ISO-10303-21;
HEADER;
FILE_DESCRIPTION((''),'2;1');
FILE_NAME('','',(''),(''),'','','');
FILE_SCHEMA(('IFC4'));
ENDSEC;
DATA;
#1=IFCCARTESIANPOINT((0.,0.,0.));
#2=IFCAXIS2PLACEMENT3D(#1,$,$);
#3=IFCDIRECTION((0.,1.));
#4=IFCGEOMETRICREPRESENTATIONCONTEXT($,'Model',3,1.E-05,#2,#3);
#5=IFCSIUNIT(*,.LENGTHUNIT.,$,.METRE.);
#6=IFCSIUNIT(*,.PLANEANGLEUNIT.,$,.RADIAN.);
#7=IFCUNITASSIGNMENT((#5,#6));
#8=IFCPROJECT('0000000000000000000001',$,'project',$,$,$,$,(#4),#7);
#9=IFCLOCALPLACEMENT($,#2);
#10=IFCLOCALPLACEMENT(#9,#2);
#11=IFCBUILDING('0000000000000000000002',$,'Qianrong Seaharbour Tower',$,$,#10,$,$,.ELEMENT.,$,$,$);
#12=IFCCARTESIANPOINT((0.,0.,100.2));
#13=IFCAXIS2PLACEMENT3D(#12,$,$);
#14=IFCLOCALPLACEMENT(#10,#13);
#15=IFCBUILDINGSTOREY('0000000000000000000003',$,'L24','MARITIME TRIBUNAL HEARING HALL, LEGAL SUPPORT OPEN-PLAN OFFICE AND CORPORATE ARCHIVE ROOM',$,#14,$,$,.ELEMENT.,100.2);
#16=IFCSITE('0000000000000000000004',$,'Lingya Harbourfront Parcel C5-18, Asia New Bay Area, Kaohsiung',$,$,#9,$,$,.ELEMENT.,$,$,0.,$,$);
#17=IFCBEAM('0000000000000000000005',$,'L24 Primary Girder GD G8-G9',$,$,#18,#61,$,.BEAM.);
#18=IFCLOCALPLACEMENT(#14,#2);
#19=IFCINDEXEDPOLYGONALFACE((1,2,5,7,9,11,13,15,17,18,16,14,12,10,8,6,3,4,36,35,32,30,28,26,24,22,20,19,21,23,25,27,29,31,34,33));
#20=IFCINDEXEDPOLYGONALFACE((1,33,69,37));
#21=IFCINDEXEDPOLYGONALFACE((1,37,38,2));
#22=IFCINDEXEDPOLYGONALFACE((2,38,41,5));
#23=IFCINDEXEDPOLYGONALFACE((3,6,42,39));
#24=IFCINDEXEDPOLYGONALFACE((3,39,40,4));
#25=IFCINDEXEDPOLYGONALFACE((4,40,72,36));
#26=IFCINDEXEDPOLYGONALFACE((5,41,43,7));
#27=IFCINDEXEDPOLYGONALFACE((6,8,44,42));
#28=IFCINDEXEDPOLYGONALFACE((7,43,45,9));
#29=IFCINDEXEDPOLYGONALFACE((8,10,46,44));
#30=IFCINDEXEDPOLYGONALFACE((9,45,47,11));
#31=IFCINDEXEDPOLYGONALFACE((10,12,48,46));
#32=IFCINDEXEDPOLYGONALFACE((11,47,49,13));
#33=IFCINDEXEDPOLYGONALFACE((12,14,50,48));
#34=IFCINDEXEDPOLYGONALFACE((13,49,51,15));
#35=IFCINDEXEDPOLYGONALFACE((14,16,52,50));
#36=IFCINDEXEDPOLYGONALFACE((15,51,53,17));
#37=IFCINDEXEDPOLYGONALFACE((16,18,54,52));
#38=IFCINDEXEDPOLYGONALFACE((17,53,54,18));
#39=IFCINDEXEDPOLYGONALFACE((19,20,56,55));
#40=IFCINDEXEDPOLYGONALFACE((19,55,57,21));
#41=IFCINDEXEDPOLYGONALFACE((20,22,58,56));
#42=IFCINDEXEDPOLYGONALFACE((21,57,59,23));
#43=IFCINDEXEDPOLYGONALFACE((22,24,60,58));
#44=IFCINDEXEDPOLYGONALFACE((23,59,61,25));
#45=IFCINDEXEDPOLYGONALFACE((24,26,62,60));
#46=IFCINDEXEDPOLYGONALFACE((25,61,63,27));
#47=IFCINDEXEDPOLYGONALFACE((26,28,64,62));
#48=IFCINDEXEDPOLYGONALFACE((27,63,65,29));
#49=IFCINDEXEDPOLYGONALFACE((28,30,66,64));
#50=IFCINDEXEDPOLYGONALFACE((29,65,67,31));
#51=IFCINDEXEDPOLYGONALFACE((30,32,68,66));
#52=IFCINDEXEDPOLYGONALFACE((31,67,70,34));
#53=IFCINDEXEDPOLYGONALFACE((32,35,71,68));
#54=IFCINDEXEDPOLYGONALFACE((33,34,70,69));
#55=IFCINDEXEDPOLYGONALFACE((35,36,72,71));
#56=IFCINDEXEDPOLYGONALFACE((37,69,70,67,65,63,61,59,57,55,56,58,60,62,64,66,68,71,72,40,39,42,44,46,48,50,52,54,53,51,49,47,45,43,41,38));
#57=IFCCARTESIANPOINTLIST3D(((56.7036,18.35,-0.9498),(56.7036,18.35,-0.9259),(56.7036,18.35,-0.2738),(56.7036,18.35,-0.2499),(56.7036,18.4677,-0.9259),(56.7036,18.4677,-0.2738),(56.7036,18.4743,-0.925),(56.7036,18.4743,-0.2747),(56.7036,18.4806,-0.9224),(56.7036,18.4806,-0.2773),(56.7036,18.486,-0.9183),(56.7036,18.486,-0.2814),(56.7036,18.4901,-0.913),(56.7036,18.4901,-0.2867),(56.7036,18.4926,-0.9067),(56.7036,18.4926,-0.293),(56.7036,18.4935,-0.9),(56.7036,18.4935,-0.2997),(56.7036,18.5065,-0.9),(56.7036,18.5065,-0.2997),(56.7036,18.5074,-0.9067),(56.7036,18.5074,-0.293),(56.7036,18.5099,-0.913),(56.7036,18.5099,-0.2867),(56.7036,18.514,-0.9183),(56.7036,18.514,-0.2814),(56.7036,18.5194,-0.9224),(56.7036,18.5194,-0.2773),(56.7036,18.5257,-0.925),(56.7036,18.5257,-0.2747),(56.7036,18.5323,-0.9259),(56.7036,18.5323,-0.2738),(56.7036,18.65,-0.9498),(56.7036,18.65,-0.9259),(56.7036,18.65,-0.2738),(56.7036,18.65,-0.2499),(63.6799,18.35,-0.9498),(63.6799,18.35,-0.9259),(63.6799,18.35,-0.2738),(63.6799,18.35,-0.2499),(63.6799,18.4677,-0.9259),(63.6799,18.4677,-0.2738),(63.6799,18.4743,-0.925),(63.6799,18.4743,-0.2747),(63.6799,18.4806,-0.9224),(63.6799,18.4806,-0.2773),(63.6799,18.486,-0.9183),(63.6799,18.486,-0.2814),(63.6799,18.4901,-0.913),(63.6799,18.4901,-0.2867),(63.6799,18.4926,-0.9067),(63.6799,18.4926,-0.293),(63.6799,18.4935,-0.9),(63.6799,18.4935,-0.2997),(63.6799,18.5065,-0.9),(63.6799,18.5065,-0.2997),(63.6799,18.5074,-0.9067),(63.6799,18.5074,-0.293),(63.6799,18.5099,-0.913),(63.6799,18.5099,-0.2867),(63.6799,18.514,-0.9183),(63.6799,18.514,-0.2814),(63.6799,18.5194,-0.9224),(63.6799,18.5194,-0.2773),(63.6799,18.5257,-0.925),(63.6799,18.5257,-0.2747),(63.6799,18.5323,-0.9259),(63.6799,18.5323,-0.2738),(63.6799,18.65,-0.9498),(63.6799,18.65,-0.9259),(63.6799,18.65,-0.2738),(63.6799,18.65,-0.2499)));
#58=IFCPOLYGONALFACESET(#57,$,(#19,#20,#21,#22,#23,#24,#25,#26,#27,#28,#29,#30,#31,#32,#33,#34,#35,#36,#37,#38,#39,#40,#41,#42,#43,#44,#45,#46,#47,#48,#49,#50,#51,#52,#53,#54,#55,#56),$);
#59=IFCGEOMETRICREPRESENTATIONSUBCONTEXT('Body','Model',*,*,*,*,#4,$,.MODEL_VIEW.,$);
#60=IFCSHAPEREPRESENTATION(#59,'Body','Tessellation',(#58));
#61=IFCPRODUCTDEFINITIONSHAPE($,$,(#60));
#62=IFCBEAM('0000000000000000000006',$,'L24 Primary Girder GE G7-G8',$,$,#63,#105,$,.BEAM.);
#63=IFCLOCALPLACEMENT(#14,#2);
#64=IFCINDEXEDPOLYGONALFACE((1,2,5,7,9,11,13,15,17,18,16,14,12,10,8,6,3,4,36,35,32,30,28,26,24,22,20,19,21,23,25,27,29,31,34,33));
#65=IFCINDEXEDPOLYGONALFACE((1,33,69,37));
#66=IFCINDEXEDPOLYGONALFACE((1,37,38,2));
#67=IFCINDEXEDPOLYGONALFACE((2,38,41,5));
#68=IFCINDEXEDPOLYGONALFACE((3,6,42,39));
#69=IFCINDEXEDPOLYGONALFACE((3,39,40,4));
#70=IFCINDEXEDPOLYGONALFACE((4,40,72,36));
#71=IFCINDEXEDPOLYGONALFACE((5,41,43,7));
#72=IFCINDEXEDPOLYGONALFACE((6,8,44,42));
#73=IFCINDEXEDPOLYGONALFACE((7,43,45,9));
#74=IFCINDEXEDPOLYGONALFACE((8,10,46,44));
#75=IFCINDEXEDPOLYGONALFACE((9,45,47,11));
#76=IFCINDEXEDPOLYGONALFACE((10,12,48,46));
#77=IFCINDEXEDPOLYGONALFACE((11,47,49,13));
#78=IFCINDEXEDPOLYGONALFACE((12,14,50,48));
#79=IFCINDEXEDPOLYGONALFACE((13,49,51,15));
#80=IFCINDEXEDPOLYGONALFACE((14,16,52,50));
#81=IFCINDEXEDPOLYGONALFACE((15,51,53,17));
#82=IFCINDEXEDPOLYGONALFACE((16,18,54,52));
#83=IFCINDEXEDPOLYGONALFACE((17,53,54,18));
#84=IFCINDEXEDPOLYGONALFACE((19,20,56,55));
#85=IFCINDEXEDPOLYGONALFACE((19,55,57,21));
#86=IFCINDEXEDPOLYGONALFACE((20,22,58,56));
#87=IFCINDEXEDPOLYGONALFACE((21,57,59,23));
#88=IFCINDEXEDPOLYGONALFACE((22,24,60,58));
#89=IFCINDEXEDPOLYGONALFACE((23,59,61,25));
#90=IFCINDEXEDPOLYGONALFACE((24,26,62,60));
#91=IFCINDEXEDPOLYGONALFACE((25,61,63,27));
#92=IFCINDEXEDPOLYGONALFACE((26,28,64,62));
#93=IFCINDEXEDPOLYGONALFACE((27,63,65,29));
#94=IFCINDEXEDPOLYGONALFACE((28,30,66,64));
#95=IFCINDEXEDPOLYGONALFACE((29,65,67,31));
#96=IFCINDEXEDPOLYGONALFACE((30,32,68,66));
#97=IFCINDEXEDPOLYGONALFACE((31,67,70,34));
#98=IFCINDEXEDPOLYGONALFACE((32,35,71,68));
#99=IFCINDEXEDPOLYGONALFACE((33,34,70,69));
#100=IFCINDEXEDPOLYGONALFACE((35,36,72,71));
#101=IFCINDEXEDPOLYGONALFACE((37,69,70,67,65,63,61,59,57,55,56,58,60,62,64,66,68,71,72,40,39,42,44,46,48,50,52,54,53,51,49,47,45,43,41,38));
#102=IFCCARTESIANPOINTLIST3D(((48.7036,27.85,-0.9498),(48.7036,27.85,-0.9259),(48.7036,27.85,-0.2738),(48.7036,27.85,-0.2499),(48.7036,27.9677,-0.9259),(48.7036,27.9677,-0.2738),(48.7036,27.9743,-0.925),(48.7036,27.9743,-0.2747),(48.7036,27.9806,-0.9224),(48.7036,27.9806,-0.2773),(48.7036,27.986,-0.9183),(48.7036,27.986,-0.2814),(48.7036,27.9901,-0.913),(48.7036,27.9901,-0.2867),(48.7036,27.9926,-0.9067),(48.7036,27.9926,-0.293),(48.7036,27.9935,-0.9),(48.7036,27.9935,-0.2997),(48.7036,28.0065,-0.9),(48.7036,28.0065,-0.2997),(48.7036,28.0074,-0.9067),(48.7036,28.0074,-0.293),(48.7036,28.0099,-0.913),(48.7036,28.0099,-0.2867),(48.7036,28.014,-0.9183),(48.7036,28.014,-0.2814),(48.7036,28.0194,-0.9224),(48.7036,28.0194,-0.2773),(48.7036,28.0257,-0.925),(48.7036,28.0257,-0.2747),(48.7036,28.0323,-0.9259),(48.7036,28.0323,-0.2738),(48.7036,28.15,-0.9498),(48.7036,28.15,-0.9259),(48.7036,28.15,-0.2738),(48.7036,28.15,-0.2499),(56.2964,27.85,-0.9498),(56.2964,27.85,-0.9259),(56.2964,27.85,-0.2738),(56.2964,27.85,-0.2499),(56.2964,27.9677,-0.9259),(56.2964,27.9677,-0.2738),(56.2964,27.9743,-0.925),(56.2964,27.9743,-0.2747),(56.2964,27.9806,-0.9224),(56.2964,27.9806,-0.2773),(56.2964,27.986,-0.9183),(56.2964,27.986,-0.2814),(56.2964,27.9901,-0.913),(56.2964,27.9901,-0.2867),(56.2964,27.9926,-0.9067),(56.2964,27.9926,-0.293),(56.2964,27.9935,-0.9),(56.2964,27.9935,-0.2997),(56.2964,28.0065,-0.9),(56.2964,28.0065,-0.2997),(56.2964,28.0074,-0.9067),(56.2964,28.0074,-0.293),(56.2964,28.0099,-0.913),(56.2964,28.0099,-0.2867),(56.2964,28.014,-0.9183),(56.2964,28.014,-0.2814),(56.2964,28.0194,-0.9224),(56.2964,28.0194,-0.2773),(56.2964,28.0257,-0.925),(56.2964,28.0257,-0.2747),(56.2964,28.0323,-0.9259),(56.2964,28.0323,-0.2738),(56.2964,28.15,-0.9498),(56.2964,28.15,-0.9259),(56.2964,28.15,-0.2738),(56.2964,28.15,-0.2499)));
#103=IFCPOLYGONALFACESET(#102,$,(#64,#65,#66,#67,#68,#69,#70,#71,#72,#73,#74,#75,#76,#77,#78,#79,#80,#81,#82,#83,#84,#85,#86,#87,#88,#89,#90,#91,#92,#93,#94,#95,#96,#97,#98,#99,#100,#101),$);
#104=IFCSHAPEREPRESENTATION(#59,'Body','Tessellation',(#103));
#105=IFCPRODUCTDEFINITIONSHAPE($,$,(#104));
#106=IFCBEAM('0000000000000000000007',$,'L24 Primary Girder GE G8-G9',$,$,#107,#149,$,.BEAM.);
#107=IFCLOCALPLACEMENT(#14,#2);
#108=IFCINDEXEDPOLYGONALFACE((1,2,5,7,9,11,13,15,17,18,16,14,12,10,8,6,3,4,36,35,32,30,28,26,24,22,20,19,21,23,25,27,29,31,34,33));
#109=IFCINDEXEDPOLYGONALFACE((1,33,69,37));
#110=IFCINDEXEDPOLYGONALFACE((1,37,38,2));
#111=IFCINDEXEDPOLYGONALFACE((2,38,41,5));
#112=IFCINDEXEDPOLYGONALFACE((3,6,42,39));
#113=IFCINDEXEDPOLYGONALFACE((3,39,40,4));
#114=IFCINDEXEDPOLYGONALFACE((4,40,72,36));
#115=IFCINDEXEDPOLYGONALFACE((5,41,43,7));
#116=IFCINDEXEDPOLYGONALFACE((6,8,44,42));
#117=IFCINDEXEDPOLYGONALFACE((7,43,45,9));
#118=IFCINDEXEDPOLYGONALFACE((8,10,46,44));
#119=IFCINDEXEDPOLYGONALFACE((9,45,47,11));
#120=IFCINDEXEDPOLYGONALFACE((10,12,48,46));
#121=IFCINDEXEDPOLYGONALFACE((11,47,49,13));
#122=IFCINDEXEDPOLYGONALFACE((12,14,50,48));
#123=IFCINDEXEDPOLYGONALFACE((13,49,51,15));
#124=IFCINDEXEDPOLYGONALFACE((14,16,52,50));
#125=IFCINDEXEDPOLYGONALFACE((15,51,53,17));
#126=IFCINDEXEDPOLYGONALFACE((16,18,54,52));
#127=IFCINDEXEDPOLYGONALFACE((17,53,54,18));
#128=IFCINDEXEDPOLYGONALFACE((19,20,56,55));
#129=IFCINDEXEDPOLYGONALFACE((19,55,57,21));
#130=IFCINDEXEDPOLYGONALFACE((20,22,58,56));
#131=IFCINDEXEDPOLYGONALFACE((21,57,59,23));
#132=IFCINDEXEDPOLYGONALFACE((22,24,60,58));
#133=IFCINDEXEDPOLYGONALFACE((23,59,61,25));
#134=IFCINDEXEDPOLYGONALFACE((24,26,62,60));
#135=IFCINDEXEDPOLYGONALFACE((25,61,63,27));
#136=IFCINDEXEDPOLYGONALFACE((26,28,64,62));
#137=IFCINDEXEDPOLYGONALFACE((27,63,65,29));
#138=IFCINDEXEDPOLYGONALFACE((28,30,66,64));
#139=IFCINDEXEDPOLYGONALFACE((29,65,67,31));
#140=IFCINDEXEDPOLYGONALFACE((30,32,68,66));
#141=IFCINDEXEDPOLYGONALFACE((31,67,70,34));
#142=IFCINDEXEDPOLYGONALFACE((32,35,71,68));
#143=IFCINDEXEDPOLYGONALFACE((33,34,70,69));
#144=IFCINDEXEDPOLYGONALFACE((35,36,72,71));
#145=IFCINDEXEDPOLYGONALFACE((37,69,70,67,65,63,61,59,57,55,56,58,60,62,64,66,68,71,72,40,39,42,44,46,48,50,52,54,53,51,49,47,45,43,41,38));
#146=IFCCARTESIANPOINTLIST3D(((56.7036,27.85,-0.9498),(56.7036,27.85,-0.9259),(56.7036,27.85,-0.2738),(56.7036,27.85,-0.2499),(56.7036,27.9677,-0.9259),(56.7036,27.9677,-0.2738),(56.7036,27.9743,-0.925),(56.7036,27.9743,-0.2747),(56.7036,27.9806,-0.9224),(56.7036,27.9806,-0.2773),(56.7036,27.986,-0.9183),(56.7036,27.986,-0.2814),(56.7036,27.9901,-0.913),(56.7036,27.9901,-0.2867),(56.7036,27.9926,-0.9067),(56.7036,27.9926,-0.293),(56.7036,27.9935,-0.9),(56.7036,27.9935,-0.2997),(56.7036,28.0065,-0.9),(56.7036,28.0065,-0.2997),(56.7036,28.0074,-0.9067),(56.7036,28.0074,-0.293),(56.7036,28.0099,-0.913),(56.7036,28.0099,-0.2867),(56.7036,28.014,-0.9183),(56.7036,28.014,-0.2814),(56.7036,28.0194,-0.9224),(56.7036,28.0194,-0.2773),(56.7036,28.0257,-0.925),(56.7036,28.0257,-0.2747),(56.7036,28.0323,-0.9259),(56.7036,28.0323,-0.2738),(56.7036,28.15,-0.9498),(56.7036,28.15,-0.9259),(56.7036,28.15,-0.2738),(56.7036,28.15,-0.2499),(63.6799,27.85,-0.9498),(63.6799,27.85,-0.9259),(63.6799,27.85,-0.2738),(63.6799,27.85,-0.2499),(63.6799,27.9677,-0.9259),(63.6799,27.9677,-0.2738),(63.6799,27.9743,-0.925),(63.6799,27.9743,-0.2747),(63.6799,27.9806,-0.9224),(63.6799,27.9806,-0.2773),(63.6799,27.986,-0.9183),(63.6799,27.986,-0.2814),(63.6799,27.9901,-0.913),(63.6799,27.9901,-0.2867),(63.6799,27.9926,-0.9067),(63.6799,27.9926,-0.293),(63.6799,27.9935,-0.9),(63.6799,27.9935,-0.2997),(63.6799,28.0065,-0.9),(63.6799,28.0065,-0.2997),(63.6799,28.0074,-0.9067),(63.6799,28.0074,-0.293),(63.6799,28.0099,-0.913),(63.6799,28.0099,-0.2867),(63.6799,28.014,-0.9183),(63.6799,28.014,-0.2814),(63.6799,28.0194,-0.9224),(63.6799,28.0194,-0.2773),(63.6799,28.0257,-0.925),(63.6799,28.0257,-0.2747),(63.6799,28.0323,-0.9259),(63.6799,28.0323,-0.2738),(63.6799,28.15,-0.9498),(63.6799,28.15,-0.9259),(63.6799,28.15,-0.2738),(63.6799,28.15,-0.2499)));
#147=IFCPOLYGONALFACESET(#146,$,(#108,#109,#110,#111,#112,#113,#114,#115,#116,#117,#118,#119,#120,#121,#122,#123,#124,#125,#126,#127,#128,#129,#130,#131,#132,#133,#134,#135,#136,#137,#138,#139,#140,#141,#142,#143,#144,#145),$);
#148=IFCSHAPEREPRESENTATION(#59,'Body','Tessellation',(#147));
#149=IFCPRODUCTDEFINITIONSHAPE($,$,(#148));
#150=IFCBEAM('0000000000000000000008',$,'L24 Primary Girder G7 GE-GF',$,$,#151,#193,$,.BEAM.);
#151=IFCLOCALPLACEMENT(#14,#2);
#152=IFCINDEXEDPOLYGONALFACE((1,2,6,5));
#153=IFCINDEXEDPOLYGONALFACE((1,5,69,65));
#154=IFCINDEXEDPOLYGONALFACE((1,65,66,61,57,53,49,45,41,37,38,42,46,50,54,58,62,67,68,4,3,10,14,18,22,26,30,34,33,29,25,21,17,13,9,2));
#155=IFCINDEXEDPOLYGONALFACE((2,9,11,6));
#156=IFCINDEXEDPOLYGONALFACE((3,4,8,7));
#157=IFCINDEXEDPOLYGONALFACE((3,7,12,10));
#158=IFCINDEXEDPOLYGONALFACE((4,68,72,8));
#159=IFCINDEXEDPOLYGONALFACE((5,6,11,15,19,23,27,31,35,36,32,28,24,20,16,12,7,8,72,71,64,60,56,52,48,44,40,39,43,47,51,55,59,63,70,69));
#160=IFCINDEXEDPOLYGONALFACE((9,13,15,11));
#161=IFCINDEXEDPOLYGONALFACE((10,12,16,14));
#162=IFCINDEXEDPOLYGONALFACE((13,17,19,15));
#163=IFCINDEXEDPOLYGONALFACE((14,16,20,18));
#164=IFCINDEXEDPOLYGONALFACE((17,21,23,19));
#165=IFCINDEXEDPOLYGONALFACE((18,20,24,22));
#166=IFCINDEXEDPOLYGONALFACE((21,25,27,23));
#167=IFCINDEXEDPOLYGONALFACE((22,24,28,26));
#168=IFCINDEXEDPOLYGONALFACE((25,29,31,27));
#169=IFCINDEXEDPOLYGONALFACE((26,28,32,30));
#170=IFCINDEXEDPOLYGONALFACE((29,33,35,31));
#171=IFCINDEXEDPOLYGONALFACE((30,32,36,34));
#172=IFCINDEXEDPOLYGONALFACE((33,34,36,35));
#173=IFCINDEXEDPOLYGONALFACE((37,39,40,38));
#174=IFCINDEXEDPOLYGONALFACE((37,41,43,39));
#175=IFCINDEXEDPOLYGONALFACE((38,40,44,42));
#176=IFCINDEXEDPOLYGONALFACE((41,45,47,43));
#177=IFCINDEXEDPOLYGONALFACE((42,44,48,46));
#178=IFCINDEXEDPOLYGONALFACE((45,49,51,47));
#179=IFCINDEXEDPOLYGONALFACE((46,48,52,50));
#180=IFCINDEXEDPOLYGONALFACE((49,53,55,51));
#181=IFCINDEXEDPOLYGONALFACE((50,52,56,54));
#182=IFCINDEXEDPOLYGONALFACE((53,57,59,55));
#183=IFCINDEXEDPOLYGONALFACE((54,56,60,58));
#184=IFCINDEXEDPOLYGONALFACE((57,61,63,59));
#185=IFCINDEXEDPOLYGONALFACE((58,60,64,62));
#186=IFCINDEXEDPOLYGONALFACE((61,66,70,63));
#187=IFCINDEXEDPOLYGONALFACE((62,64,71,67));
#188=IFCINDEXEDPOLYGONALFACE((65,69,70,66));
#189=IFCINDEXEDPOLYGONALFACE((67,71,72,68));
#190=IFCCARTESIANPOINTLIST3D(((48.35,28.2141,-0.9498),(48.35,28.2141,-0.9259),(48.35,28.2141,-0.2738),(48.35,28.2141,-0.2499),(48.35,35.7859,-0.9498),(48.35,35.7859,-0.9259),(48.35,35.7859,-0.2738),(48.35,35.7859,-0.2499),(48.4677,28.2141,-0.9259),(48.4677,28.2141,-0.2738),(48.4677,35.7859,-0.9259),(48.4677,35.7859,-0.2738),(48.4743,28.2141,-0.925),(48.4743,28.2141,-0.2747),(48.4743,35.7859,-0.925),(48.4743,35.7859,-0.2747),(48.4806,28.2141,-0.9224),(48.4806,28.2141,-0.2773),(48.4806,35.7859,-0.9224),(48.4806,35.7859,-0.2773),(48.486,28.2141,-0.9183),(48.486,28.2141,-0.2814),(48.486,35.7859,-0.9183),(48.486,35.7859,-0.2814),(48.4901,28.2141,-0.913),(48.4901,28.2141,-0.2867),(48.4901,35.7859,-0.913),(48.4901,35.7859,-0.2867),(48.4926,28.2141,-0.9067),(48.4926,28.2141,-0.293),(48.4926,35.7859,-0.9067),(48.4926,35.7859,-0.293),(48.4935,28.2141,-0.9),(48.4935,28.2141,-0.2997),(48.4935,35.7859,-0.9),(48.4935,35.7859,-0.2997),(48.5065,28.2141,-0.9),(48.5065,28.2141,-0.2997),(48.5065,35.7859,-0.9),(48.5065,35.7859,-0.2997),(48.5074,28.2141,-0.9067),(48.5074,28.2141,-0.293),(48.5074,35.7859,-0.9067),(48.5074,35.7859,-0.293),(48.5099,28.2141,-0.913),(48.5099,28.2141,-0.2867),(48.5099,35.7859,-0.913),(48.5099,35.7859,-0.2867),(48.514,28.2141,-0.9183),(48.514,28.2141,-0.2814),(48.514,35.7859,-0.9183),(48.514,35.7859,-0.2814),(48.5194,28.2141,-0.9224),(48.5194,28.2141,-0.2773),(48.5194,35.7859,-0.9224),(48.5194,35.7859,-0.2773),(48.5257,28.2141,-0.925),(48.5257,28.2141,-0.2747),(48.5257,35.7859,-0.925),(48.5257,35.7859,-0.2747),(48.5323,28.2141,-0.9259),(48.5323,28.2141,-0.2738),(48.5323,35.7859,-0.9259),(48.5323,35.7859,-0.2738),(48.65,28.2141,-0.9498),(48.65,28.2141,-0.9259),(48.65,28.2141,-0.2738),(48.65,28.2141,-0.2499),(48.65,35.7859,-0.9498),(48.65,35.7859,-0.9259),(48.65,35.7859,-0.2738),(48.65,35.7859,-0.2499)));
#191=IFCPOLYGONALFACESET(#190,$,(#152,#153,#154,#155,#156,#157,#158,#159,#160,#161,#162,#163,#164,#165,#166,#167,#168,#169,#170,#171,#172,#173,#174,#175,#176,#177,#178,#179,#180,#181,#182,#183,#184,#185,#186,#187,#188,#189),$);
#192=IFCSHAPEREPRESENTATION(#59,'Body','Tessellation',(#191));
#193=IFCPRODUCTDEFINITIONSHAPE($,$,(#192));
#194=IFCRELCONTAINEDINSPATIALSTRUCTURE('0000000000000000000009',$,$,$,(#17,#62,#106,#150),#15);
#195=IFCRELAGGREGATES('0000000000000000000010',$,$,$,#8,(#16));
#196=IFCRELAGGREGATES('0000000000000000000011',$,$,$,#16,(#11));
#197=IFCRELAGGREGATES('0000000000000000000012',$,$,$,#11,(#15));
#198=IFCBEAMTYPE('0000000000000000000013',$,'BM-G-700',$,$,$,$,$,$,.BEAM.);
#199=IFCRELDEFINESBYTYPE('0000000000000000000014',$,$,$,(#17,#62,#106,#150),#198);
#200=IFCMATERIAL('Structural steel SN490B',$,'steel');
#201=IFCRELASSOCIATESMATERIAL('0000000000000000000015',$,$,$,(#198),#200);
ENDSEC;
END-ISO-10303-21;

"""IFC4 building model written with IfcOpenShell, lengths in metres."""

from ifc_helpers import new_model, si_unit, direction, frame, origin, origin_2d, place, context, subcontext, project, spatial, i_section, extrude, material, material_profile, profile_set, type_object, element, save


model = new_model("IFC4")

# Units and contexts
model_context = context("Model", 3, precision=1e-05, world=origin(), true_north=direction((0.0, 1.0)))
body_context = subcontext(model_context, "Body", "Model", "MODEL_VIEW")
ifc_project = project(units=[si_unit("LENGTHUNIT", "METRE"), si_unit("PLANEANGLEUNIT", "RADIAN")], contexts=[model_context])

# Site, building, storey
site_placement = place(None, origin())
site = spatial("IfcSite", under=ifc_project, at=site_placement, Name="Lingya Harbourfront Parcel C5-18, Asia New Bay Area, Kaohsiung", CompositionType="ELEMENT", RefElevation=0.0)
building_placement = place(site_placement, origin())
building = spatial("IfcBuilding", under=site, at=building_placement, Name="Qianrong Seaharbour Tower", CompositionType="ELEMENT")
storey_placement = place(building_placement, frame((0.0, 0.0, 100.2)))
storey = spatial("IfcBuildingStorey", under=building, at=storey_placement, Name="L24", Description="MARITIME TRIBUNAL HEARING HALL, LEGAL SUPPORT OPEN-PLAN OFFICE AND CORPORATE ARCHIVE ROOM", CompositionType="ELEMENT", Elevation=100.2)

# Shared definitions
ifc_material_1 = material(Name="Structural steel SN490B", Category="steel")

# Beams
ifc_material_profile_1 = material_profile(ifc_material_1, i_section(OverallWidth=0.3, OverallDepth=0.7, WebThickness=0.0129, FlangeThickness=0.0239, FilletRadius=0.0259, at=origin_2d()), Name="H700x300x13x24")
ifc_profile_set_1 = profile_set([ifc_material_profile_1], Name="Structural steel SN490B")
beam_type_1 = type_object("IfcBeamType", Name="BM-G-700", PredefinedType="BEAM", material=ifc_profile_set_1)
beam_1_placement = place(storey_placement, frame((56.7036, 18.5, -0.5999), z_axis=(1.0, 0.0, 0.0), x_axis=(0.0, 1.0, 0.0)))
element("IfcBeam", 1, at=beam_1_placement, inside=storey, type_object=beam_type_1, Name="L24 Primary Girder GD G8-G9", PredefinedType="BEAM", context=body_context, shape_type="SweptSolid", body=[
    extrude(i_section(OverallWidth=0.3, OverallDepth=0.7, WebThickness=0.0129, FlangeThickness=0.0239, FilletRadius=0.0259, at=origin_2d()), origin(), (0.0, 0.0, 1.0), 6.9763),
])
beam_2_placement = place(storey_placement, frame((48.7036, 28.0, -0.5999), z_axis=(1.0, 0.0, 0.0), x_axis=(0.0, 1.0, 0.0)))
element("IfcBeam", 2, at=beam_2_placement, inside=storey, type_object=beam_type_1, Name="L24 Primary Girder GE G7-G8", PredefinedType="BEAM", context=body_context, shape_type="SweptSolid", body=[
    extrude(i_section(OverallWidth=0.3, OverallDepth=0.7, WebThickness=0.0129, FlangeThickness=0.0239, FilletRadius=0.0259, at=origin_2d()), origin(), (0.0, 0.0, 1.0), 7.5928),
])
beam_3_placement = place(storey_placement, frame((56.7036, 28.0, -0.5999), z_axis=(1.0, 0.0, 0.0), x_axis=(0.0, 1.0, 0.0)))
element("IfcBeam", 3, at=beam_3_placement, inside=storey, type_object=beam_type_1, Name="L24 Primary Girder GE G8-G9", PredefinedType="BEAM", context=body_context, shape_type="SweptSolid", body=[
    extrude(i_section(OverallWidth=0.3, OverallDepth=0.7, WebThickness=0.0129, FlangeThickness=0.0239, FilletRadius=0.0259, at=origin_2d()), origin(), (0.0, 0.0, 1.0), 6.9763),
])
for number, where, z_axis, x_axis, name in (
    (4, (48.5, 28.2141, -0.5999), (0.0, 1.0, 0.0), (-1.0, 0.0, 0.0), "L24 Primary Girder G7 GE-GF"),
):
    element("IfcBeam", number, at=place(storey_placement, frame(where, z_axis=z_axis, x_axis=x_axis)), inside=storey, type_object=beam_type_1, Name=name, PredefinedType="BEAM", context=body_context, shape_type="SweptSolid", body=[
        extrude(i_section(OverallWidth=0.3, OverallDepth=0.7, WebThickness=0.0129, FlangeThickness=0.0239, FilletRadius=0.0259, at=origin_2d()), origin(), (0.0, 0.0, 1.0), 7.5718),
    ])

save(model, "model.ifc")
